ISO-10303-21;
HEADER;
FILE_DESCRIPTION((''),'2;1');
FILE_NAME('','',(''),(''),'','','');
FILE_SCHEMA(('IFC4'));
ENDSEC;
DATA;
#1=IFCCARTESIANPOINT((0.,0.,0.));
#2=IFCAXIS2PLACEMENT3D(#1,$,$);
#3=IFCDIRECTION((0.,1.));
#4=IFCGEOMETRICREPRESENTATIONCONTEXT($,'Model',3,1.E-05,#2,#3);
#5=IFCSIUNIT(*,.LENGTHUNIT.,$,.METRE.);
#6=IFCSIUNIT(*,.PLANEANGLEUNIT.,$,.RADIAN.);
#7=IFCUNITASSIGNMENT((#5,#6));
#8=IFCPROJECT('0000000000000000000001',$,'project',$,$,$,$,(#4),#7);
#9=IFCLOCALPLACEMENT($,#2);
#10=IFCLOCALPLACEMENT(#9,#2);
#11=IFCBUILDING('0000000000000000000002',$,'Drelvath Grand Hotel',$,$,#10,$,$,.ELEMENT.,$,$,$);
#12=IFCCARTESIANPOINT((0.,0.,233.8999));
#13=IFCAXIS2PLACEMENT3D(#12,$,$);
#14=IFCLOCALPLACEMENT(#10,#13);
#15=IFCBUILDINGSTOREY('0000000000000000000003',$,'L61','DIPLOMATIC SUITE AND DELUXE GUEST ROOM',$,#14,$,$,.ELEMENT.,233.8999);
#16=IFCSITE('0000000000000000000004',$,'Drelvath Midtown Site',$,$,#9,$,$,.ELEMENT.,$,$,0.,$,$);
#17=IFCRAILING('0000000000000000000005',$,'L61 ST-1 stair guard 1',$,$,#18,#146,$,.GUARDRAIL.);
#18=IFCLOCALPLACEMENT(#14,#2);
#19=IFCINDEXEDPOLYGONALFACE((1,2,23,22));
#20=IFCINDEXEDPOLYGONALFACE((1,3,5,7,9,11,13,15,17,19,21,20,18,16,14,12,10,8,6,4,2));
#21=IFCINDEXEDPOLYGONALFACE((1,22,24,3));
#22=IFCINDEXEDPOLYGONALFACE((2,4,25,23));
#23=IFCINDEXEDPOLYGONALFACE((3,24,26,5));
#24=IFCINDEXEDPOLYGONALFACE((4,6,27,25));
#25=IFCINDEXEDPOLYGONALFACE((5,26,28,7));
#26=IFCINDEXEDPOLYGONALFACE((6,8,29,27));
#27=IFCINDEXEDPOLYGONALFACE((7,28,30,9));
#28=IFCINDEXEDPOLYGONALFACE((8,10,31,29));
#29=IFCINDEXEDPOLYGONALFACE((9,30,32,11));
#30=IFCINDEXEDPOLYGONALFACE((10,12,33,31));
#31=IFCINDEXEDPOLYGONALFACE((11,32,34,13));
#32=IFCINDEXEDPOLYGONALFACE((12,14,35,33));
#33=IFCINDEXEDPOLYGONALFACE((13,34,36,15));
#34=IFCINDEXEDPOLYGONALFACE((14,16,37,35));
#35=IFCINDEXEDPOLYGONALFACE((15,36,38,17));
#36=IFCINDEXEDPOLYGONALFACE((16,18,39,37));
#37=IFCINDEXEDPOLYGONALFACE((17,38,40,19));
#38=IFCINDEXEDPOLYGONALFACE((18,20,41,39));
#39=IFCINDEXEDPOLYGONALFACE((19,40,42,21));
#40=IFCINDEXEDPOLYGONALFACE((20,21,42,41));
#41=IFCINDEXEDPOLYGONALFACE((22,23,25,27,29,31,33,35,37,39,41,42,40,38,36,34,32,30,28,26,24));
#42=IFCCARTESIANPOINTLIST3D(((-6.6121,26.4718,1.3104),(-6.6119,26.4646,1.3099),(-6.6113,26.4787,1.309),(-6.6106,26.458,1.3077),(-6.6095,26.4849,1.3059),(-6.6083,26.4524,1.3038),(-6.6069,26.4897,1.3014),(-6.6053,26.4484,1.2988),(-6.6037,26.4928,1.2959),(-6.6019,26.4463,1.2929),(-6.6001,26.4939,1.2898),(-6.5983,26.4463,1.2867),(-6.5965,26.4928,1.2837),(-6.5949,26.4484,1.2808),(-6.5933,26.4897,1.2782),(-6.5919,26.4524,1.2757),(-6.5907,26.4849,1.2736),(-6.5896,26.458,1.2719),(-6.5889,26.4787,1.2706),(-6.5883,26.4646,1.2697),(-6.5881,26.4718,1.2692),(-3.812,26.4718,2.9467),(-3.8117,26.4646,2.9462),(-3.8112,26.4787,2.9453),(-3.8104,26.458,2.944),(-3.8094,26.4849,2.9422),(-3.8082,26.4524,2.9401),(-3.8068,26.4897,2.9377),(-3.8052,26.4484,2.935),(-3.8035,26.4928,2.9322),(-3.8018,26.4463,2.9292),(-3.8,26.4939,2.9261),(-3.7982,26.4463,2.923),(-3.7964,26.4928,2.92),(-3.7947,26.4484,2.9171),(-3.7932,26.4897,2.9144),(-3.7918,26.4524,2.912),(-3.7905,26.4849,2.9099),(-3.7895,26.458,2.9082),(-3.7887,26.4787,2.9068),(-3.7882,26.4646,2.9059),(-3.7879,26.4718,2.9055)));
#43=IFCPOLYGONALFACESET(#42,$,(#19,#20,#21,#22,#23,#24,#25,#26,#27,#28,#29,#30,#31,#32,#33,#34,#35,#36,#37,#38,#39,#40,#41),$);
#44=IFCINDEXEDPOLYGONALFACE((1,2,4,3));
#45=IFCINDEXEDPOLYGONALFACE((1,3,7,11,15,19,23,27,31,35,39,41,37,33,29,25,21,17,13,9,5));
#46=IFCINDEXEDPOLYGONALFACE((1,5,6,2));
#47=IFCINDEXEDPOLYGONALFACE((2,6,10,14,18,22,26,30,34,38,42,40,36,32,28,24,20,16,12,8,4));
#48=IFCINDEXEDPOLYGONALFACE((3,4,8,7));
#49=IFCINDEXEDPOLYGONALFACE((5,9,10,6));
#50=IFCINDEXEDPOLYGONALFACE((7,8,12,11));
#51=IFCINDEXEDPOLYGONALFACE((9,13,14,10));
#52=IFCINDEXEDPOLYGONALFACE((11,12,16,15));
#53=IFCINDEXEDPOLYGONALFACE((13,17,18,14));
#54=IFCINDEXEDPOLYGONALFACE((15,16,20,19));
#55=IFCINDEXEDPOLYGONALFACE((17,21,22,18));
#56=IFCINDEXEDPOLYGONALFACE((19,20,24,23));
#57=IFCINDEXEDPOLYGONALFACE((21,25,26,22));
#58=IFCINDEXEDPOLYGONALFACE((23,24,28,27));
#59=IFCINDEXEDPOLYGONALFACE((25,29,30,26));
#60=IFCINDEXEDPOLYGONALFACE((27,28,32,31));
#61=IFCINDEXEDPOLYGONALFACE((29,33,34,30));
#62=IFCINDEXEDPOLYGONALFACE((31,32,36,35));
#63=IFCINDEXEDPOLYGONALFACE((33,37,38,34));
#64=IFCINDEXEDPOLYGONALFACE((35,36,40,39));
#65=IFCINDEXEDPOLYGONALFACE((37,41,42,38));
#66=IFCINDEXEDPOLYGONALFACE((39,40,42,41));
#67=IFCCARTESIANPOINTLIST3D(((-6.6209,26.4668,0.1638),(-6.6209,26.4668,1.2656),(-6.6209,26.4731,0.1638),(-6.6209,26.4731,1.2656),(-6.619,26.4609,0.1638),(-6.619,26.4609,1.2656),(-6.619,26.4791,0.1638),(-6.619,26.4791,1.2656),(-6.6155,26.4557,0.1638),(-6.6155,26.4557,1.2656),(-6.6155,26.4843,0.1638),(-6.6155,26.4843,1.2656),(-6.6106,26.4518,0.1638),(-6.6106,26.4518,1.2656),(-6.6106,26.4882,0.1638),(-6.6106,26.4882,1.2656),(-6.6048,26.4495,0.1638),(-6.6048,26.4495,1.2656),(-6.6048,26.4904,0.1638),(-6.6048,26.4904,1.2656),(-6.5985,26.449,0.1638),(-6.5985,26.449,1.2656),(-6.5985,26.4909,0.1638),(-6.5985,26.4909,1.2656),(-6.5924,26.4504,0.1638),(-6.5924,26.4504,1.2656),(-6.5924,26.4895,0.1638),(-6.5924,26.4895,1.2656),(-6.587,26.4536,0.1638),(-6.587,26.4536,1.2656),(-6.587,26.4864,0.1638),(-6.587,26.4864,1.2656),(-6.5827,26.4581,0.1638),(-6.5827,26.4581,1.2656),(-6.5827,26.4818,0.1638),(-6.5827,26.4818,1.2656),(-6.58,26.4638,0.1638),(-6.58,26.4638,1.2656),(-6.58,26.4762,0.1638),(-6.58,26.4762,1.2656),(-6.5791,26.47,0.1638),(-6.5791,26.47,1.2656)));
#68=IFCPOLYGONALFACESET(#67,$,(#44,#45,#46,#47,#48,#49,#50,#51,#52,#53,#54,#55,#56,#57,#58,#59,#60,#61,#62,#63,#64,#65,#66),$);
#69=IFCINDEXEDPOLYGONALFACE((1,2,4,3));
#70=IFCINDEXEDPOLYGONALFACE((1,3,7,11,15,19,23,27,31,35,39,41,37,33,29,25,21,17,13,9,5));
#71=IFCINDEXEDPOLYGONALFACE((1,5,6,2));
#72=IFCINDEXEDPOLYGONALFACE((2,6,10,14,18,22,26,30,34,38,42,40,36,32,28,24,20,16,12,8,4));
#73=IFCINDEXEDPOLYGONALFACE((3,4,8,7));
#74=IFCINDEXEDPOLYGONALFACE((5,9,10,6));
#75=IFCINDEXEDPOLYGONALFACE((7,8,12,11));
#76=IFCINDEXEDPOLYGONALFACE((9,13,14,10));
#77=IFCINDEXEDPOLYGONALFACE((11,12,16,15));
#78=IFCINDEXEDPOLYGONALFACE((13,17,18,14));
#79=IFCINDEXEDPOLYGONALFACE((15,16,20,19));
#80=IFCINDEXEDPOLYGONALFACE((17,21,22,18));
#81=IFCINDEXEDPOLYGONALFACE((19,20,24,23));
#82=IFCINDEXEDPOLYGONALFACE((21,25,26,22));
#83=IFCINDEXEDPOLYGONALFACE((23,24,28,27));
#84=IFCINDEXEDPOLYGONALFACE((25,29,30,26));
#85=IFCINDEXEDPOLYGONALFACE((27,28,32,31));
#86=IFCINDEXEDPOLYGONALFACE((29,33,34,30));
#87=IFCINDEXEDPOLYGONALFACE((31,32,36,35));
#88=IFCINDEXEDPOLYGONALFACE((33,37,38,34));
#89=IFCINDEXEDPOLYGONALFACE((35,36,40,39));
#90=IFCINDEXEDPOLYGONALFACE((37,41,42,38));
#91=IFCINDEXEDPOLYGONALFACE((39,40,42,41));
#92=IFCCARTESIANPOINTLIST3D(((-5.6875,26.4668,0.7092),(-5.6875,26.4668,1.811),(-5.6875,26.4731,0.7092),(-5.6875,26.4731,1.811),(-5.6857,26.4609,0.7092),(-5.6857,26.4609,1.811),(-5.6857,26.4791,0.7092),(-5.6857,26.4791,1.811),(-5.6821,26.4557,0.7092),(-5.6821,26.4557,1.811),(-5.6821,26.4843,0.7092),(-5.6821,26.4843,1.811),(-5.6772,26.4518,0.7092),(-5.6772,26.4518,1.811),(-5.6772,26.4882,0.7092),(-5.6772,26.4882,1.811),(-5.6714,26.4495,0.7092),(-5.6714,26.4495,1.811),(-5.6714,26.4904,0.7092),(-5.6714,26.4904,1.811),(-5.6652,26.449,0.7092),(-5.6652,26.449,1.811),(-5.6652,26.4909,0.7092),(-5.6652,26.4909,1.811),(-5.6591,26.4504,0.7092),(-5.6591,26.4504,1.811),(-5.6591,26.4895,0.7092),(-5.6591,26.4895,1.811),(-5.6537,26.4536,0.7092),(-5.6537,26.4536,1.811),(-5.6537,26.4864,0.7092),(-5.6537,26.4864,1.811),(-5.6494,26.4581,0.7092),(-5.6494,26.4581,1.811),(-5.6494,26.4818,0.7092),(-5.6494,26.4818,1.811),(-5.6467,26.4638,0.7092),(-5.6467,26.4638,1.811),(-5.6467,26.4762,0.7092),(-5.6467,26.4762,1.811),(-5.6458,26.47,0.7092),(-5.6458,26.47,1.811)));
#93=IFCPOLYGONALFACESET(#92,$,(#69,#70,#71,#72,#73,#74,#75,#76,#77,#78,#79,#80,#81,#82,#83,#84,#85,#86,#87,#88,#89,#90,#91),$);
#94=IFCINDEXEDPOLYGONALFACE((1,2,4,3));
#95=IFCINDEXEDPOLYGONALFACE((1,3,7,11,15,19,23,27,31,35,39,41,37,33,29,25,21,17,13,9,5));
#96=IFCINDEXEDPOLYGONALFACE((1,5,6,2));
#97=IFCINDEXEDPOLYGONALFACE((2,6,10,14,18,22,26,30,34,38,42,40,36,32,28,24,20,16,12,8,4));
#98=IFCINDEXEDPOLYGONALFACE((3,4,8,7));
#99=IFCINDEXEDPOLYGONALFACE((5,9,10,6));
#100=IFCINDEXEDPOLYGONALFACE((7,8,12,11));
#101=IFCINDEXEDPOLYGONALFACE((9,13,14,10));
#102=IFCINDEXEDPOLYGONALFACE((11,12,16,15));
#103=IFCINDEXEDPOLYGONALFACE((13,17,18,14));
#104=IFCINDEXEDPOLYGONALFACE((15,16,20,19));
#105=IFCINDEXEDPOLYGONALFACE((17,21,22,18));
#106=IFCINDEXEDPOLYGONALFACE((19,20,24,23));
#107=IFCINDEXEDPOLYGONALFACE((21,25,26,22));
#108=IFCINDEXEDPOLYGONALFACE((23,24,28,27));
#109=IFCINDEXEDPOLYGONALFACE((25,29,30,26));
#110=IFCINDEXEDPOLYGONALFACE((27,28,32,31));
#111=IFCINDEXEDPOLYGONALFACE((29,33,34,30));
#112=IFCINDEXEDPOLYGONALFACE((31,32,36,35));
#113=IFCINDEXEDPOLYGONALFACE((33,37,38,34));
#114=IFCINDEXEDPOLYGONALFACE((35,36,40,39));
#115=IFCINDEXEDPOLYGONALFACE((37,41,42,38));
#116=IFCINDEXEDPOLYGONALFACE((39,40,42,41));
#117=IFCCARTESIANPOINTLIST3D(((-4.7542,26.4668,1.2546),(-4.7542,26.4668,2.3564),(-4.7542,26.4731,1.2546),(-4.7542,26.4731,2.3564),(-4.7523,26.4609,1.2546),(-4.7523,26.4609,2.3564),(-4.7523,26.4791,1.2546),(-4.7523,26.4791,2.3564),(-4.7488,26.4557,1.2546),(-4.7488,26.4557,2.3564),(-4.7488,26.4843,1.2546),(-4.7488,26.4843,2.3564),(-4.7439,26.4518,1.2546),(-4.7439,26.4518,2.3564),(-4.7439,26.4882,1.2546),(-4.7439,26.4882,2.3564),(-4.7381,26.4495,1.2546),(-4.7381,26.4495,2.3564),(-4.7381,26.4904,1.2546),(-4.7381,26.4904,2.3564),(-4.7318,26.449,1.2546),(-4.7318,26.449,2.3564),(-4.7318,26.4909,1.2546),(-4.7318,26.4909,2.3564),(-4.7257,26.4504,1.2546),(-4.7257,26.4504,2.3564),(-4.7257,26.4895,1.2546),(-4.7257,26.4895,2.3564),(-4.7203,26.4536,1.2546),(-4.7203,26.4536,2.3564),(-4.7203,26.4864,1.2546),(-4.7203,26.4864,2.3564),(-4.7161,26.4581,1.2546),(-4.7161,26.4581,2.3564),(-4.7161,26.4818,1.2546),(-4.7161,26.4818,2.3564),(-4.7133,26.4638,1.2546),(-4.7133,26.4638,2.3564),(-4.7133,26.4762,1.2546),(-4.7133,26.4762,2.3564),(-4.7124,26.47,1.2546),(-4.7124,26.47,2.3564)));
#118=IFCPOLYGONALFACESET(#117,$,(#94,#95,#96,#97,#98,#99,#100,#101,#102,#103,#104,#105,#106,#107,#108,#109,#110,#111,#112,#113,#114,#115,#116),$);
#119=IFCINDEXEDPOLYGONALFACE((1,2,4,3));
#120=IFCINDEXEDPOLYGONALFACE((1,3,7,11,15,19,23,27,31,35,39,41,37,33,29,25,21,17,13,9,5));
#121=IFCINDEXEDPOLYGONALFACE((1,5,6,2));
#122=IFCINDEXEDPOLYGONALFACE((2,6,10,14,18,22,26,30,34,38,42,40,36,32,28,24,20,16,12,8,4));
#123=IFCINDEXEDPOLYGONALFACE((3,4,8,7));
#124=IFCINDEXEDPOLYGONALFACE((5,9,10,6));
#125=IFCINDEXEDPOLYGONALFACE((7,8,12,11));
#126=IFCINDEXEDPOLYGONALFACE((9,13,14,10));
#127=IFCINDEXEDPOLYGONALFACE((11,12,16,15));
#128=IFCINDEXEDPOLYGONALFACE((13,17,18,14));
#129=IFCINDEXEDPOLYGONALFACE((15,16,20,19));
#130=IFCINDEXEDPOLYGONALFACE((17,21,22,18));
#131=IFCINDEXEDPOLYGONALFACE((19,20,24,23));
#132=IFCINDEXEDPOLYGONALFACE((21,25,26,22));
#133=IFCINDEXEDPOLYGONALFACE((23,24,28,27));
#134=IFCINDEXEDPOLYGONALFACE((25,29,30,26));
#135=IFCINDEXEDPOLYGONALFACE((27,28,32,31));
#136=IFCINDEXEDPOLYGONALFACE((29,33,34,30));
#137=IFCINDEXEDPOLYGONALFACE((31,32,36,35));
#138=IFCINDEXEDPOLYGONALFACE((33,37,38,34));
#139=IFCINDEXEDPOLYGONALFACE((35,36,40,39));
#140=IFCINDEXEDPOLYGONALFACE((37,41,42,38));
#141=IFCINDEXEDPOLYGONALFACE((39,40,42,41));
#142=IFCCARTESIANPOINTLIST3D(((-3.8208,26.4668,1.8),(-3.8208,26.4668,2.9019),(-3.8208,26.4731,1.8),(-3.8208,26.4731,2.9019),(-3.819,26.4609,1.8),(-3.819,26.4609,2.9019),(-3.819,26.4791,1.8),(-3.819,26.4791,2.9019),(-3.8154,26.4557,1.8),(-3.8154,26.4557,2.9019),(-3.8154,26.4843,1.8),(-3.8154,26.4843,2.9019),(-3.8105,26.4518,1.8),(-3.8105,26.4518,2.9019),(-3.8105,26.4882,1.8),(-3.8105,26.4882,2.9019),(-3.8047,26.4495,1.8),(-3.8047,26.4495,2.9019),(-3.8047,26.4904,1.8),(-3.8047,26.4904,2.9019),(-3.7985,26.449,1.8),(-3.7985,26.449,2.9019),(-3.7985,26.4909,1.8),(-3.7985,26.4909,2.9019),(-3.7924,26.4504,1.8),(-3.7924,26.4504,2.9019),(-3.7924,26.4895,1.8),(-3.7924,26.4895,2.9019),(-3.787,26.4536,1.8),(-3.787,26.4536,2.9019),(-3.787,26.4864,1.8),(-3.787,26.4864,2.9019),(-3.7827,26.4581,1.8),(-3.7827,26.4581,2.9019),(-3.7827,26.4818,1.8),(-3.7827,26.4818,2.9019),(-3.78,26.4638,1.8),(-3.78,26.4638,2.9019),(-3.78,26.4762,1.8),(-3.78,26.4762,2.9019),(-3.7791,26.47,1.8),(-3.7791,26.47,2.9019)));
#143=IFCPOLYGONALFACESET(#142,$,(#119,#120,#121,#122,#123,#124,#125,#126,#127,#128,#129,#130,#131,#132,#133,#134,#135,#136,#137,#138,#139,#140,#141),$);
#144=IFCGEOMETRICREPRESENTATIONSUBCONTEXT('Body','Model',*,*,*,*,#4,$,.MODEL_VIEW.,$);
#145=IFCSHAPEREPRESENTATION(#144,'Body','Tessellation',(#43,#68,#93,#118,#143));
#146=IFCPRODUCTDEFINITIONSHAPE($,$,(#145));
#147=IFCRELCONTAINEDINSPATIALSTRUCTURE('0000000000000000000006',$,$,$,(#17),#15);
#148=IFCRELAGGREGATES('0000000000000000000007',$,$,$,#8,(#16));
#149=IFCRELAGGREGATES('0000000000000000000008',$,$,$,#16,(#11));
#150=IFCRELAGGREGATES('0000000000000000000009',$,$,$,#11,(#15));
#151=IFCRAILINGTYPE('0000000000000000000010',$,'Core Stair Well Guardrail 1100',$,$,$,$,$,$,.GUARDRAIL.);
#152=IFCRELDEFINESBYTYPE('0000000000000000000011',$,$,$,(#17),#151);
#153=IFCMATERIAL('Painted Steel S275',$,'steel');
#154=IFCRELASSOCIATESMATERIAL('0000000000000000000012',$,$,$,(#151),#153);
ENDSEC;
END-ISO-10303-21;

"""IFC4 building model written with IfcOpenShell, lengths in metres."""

from ifc_helpers import new_model, si_unit, direction, frame, origin, origin_2d, place, context, subcontext, project, spatial, circle, extrude, material, type_object, element, save


model = new_model("IFC4")

# Units and contexts
model_context = context("Model", 3, precision=1e-05, world=origin(), true_north=direction((0.0, 1.0)))
body_context = subcontext(model_context, "Body", "Model", "MODEL_VIEW")
ifc_project = project(units=[si_unit("LENGTHUNIT", "METRE"), si_unit("PLANEANGLEUNIT", "RADIAN")], contexts=[model_context])

# Site, building, storey
site_placement = place(None, origin())
site = spatial("IfcSite", under=ifc_project, at=site_placement, Name="Drelvath Midtown Site", CompositionType="ELEMENT", RefElevation=0.0)
building_placement = place(site_placement, origin())
building = spatial("IfcBuilding", under=site, at=building_placement, Name="Drelvath Grand Hotel", CompositionType="ELEMENT")
storey_placement = place(building_placement, frame((0.0, 0.0, 233.8999)))
storey = spatial("IfcBuildingStorey", under=building, at=storey_placement, Name="L61", Description="DIPLOMATIC SUITE AND DELUXE GUEST ROOM", CompositionType="ELEMENT", Elevation=233.8999)

# Shared definitions
ifc_material_1 = material(Name="Painted Steel S275", Category="steel")

# Railing
railing_type_1 = type_object("IfcRailingType", Name="Core Stair Well Guardrail 1100", PredefinedType="GUARDRAIL", material=ifc_material_1)
railing_1_placement = place(storey_placement, frame((-6.6001, 26.47, 0.1638)))
element("IfcRailing", 1, at=railing_1_placement, inside=storey, type_object=railing_type_1, Name="L61 ST-1 stair guard 1", PredefinedType="GUARDRAIL", context=body_context, shape_type="SweptSolid", body=[
    extrude(circle(Radius=0.0239, at=origin_2d()), frame((0.0, 0.0, 1.126), z_axis=(0.863394, 0.0, 0.504531), x_axis=(0.0, 1.0, 0.0)), (0.0, 0.0, 1.0), 3.2432),
    extrude(circle(Radius=0.021, at=origin_2d()), origin(), (0.0, 0.0, 1.0), 1.1018),
    extrude(circle(Radius=0.021, at=origin_2d()), frame((0.9333, 0.0, 0.5454)), (0.0, 0.0, 1.0), 1.1018),
    extrude(circle(Radius=0.021, at=origin_2d()), frame((1.8667, 0.0, 1.0908)), (0.0, 0.0, 1.0), 1.1018),
    extrude(circle(Radius=0.021, at=origin_2d()), frame((2.8, 0.0, 1.6362)), (0.0, 0.0, 1.0), 1.1018),
])

save(model, "model.ifc")
